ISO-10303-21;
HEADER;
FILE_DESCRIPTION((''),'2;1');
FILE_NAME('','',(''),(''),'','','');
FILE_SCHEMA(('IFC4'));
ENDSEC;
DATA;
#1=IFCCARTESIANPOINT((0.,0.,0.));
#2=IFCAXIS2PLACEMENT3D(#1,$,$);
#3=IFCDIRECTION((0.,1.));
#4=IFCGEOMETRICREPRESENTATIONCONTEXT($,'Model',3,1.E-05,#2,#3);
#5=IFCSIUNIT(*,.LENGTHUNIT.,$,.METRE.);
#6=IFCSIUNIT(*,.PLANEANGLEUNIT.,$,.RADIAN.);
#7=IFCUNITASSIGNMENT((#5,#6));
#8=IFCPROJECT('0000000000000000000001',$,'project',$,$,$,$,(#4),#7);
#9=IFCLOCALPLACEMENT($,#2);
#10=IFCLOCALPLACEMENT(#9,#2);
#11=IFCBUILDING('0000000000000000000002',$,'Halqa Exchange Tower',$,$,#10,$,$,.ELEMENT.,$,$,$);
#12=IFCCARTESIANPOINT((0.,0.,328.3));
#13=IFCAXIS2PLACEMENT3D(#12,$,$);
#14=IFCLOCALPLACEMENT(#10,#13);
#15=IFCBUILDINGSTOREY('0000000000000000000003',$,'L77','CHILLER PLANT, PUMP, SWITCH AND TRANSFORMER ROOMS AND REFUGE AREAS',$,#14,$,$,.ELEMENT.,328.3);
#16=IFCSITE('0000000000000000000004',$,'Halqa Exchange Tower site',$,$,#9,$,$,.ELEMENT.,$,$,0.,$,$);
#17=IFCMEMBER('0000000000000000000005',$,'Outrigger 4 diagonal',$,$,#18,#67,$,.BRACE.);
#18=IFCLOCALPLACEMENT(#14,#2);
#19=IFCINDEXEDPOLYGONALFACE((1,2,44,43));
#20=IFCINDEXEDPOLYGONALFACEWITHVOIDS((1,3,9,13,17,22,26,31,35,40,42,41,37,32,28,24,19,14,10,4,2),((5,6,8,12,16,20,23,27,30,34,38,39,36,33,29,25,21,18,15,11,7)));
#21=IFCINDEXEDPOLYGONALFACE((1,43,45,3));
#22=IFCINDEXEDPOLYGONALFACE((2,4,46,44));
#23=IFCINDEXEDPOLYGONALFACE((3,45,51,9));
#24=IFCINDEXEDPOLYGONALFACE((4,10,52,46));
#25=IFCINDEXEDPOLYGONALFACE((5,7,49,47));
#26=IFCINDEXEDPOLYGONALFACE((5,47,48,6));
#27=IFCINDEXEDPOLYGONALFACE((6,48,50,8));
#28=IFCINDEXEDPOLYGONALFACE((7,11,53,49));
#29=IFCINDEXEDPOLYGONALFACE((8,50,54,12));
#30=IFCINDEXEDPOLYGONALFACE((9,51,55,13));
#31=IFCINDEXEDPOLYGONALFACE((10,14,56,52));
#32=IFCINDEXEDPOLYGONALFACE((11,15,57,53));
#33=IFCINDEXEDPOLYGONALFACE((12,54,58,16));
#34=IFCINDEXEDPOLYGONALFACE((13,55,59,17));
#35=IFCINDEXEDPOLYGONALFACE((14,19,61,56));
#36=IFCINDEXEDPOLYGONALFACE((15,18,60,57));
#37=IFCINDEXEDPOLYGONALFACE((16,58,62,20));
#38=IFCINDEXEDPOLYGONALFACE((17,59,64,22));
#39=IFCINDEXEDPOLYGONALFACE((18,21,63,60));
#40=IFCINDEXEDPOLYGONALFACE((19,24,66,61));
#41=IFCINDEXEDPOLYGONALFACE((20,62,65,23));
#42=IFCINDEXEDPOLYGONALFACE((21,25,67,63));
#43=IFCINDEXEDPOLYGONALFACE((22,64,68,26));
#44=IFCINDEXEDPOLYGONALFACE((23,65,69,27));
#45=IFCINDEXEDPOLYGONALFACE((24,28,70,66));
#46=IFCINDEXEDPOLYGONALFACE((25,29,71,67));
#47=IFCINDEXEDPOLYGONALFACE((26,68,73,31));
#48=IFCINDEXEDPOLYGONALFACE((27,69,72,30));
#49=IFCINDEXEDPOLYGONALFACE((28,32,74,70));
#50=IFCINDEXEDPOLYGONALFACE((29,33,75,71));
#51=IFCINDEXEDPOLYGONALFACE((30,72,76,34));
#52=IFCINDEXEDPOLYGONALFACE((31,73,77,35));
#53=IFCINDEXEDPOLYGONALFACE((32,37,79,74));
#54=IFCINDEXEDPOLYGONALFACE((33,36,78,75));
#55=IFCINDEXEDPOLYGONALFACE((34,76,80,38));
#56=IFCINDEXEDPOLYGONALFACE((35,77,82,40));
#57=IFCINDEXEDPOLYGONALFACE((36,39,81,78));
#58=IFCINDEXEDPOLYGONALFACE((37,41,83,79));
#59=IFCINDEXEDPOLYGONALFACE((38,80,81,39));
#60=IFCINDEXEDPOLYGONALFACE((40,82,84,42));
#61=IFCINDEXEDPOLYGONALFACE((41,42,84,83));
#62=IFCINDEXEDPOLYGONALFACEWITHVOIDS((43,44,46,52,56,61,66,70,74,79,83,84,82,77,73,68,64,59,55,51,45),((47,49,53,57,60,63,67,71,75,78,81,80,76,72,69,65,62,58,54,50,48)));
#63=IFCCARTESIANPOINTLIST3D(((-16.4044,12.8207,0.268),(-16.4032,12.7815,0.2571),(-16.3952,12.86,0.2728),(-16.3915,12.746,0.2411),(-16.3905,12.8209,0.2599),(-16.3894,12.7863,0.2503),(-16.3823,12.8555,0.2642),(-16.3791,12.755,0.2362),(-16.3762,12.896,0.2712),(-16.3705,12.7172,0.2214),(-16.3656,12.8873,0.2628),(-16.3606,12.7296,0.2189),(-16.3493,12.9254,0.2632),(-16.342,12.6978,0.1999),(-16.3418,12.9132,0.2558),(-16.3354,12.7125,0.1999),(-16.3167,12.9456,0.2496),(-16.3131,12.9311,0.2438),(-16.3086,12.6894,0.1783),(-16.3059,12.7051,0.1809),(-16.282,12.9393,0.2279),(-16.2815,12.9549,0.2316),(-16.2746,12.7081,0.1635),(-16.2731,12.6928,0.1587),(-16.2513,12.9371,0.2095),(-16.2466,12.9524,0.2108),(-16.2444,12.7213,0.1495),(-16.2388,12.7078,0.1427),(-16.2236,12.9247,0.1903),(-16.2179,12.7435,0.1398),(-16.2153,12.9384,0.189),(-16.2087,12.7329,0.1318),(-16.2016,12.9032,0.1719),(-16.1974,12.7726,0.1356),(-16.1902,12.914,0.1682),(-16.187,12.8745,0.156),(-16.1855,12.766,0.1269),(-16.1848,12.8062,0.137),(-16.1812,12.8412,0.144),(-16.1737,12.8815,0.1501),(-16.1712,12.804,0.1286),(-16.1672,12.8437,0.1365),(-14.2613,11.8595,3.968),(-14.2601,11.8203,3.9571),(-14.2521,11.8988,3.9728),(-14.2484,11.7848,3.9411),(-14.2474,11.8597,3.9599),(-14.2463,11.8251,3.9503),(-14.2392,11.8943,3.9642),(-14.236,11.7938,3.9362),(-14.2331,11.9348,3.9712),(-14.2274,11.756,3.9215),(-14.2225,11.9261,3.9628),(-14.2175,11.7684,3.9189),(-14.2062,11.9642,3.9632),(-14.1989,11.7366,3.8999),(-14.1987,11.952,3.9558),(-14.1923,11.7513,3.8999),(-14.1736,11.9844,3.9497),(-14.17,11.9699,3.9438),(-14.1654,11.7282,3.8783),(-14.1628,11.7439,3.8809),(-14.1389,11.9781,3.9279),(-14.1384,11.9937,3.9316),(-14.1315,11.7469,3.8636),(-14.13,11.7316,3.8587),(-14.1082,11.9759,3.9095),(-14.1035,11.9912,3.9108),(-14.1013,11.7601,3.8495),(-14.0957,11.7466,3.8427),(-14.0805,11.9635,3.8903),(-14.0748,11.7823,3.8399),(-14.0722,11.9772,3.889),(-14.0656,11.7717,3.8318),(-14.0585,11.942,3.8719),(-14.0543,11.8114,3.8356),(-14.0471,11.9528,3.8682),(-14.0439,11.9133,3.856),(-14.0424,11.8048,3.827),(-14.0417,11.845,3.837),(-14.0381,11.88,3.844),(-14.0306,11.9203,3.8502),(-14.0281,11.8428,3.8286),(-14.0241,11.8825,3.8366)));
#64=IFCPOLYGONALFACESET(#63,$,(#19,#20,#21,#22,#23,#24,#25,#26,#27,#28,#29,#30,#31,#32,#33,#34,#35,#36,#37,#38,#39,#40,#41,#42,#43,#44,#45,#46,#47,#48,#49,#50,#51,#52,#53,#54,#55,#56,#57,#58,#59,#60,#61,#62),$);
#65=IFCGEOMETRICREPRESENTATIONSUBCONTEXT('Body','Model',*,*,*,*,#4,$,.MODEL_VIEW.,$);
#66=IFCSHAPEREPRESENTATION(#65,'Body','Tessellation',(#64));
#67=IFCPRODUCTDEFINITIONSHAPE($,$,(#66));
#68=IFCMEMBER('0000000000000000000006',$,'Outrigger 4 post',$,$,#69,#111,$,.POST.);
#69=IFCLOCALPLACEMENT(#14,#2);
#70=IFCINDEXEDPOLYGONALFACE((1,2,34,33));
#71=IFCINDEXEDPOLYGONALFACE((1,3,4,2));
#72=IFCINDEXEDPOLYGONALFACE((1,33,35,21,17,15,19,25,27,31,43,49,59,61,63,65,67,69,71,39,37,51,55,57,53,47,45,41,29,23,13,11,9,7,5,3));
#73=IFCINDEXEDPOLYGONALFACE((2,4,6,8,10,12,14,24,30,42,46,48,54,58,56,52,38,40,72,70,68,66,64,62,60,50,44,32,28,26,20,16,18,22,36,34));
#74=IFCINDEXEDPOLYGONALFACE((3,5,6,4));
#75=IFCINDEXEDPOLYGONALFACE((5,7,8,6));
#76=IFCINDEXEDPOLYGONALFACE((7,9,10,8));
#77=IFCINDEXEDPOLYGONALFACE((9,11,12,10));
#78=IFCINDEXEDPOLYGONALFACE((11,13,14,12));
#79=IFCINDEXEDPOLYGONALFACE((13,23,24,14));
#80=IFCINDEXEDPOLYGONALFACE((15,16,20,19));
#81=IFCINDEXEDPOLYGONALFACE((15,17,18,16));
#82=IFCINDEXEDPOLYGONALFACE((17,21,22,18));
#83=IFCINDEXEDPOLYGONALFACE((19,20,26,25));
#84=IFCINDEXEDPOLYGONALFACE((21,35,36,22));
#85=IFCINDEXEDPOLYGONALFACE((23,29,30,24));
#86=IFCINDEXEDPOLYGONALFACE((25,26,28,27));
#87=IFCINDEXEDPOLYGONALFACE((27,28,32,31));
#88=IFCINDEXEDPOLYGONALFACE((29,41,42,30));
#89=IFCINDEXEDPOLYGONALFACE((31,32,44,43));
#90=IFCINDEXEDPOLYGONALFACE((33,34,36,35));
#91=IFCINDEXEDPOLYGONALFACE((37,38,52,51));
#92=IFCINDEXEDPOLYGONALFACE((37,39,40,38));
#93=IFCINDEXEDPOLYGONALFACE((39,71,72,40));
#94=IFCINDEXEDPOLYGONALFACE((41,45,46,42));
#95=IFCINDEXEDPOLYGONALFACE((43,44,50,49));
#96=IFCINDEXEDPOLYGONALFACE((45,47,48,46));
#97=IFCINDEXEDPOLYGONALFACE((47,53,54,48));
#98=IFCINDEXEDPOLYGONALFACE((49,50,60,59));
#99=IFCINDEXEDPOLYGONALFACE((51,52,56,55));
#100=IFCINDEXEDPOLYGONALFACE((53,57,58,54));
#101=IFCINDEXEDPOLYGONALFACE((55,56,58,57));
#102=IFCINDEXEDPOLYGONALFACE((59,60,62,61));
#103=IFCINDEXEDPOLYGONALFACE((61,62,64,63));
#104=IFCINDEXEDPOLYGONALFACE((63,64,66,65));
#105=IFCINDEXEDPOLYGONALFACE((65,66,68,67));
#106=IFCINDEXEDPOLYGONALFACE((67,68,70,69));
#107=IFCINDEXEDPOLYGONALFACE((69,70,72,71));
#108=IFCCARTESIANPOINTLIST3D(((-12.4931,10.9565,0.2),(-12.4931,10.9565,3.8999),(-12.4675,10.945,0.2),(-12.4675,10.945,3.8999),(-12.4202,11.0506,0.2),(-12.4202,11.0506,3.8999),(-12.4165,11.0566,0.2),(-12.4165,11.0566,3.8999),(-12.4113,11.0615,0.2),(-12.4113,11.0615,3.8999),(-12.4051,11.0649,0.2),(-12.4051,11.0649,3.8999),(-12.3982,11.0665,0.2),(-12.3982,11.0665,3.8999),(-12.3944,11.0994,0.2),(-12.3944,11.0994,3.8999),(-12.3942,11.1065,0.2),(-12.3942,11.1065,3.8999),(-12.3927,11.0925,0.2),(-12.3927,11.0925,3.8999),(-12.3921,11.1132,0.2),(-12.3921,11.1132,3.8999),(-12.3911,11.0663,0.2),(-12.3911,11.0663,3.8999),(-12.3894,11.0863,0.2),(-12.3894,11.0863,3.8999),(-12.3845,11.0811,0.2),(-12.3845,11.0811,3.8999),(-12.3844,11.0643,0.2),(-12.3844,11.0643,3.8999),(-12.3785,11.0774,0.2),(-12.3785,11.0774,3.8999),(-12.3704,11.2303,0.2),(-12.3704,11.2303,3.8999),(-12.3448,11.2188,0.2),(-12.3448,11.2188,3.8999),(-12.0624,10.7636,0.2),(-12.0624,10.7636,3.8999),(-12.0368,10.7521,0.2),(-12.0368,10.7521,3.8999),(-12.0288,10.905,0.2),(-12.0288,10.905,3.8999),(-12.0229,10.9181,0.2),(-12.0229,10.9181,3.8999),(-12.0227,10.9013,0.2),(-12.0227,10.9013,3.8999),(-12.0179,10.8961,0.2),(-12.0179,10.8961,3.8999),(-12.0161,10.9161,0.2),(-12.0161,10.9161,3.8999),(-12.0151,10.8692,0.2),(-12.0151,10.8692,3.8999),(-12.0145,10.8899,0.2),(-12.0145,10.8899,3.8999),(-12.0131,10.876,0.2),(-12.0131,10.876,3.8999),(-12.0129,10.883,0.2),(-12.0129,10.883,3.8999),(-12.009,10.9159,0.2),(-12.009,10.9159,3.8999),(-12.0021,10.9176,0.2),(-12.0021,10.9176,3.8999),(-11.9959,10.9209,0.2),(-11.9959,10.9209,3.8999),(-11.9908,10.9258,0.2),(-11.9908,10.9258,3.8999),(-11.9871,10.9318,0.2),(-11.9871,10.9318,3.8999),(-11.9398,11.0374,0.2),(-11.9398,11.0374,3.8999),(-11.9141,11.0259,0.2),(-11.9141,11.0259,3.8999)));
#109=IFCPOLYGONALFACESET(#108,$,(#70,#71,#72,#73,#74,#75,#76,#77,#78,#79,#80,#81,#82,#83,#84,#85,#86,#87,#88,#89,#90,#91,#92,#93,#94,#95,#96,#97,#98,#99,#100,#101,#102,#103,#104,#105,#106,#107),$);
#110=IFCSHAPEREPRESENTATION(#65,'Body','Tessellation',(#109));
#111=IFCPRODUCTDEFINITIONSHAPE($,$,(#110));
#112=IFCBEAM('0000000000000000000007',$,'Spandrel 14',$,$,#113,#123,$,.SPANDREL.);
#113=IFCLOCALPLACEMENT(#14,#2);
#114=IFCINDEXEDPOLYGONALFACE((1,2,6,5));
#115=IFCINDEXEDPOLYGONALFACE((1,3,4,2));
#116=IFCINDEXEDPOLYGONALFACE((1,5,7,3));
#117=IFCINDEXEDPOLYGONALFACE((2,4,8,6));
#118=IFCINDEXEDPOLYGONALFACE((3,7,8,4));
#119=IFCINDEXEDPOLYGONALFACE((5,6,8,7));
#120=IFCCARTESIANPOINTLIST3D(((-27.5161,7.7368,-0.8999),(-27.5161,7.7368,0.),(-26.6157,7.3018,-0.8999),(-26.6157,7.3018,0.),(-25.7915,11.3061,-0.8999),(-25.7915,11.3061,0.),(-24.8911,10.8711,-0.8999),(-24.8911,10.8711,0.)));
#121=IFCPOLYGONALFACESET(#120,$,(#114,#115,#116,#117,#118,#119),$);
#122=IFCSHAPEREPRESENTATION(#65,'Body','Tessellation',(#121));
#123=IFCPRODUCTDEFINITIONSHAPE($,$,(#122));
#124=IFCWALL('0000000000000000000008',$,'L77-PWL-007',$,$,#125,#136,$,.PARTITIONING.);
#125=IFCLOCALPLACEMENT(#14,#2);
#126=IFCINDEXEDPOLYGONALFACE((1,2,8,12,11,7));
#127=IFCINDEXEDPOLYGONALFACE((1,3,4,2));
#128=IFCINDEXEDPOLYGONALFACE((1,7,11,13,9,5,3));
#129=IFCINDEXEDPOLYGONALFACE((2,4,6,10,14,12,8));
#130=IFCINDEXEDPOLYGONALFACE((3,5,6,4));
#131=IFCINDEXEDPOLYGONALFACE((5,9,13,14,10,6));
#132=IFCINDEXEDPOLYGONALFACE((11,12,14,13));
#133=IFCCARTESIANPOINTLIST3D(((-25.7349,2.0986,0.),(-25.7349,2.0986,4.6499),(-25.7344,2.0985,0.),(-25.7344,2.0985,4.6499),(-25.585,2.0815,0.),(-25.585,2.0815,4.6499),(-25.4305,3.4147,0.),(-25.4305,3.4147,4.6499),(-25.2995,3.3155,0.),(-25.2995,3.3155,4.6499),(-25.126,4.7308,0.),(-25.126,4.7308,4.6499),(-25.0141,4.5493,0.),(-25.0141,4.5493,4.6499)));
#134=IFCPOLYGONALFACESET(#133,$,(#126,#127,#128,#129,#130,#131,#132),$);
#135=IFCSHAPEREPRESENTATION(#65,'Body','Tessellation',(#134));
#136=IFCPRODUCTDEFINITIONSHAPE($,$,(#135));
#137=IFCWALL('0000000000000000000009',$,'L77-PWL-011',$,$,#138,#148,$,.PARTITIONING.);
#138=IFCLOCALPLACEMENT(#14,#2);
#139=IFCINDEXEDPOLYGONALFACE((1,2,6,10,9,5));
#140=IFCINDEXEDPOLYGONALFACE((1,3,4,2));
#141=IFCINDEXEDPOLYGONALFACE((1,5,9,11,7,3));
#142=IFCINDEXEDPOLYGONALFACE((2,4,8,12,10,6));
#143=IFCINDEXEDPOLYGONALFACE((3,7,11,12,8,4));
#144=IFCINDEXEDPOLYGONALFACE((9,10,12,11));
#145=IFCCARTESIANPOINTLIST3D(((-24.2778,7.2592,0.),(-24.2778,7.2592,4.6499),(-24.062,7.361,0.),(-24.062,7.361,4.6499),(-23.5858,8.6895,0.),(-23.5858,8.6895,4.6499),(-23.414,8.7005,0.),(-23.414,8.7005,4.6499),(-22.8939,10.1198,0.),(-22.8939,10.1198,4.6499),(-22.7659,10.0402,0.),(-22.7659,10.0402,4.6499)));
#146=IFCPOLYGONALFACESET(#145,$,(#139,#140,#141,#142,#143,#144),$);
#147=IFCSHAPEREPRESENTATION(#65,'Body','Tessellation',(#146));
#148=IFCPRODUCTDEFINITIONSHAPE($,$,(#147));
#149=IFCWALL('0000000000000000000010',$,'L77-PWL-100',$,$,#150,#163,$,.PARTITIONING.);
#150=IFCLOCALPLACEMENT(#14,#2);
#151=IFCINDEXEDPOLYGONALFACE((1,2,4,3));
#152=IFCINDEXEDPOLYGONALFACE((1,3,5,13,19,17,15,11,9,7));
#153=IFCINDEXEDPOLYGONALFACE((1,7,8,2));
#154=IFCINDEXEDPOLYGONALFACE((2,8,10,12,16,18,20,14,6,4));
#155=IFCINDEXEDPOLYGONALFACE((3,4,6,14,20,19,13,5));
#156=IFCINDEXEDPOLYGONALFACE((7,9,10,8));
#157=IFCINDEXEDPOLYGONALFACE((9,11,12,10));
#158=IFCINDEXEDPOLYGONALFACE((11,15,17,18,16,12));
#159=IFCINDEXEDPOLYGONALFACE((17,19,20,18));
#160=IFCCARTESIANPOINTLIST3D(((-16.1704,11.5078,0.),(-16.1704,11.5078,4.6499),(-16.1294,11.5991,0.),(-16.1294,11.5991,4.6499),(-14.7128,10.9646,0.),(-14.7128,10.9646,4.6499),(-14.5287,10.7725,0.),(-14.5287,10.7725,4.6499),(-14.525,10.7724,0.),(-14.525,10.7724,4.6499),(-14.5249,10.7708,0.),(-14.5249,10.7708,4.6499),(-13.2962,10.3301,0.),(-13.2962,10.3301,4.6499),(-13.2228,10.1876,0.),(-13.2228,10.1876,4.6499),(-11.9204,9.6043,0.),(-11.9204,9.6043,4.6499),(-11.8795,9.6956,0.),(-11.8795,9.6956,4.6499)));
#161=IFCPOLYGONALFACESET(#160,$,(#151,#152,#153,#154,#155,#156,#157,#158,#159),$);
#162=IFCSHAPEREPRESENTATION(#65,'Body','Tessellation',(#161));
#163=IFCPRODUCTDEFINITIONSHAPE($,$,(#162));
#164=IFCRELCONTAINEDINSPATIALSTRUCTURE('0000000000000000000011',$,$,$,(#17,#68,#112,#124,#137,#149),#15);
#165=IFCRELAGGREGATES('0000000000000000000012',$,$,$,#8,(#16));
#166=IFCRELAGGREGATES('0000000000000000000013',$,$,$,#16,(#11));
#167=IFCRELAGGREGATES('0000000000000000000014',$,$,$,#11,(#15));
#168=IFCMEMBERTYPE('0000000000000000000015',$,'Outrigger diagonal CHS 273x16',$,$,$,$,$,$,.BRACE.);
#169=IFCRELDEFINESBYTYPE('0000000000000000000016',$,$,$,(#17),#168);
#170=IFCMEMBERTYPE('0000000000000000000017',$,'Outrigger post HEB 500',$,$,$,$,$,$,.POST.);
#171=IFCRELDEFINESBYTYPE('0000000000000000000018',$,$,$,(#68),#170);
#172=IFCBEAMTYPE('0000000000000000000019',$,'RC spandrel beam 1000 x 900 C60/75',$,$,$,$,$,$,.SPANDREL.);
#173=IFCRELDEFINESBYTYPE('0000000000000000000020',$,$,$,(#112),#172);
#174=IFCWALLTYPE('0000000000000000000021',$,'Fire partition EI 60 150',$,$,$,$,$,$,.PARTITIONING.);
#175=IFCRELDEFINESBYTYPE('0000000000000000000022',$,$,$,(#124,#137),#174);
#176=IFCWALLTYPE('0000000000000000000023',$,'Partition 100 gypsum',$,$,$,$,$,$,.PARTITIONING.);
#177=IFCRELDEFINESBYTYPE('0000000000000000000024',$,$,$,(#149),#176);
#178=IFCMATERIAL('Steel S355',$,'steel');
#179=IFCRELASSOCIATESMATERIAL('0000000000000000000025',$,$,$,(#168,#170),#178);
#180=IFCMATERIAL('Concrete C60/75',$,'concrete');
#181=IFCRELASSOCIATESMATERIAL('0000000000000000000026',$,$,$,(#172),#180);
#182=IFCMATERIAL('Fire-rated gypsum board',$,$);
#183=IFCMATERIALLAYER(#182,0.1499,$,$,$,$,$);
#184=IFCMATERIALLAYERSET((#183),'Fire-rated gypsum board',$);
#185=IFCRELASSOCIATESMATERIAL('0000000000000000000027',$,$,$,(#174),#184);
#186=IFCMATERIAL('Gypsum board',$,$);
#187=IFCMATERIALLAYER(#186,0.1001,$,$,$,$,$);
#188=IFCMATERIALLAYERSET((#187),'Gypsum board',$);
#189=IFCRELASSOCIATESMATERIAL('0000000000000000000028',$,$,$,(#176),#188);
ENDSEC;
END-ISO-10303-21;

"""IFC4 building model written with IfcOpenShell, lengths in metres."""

from ifc_helpers import new_model, si_unit, direction, frame, origin, origin_2d, place, context, subcontext, project, spatial, polyline, rectangle, hollow_circle, i_section, outline, extrude, material, layer, layer_set, material_profile, profile_set, type_object, element, save


model = new_model("IFC4")

# Units and contexts
model_context = context("Model", 3, precision=1e-05, world=origin(), true_north=direction((0.0, 1.0)))
body_context = subcontext(model_context, "Body", "Model", "MODEL_VIEW")
ifc_project = project(units=[si_unit("LENGTHUNIT", "METRE"), si_unit("PLANEANGLEUNIT", "RADIAN")], contexts=[model_context])

# Site, building, storey
site_placement = place(None, origin())
site = spatial("IfcSite", under=ifc_project, at=site_placement, Name="Halqa Exchange Tower site", CompositionType="ELEMENT", RefElevation=0.0)
building_placement = place(site_placement, origin())
building = spatial("IfcBuilding", under=site, at=building_placement, Name="Halqa Exchange Tower", CompositionType="ELEMENT")
storey_placement = place(building_placement, frame((0.0, 0.0, 328.3)))
storey = spatial("IfcBuildingStorey", under=building, at=storey_placement, Name="L77", Description="CHILLER PLANT, PUMP, SWITCH AND TRANSFORMER ROOMS AND REFUGE AREAS", CompositionType="ELEMENT", Elevation=328.3)

# Members
ifc_material_1 = material(Name="Steel S355", Category="steel")
ifc_material_profile_1 = material_profile(ifc_material_1, hollow_circle(Radius=0.1365, WallThickness=0.0161, at=origin_2d()), Name="CHS 273x16")
ifc_profile_set_1 = profile_set([ifc_material_profile_1], Name="Steel S355")
member_type_1 = type_object("IfcMemberType", Name="Outrigger diagonal CHS 273x16", PredefinedType="BRACE", material=ifc_profile_set_1)
for number, where, z_axis, x_axis, name in (
    (1, (-14.1431, 11.8611, 3.8999), (-0.489006, 0.219323, -0.844257), (-0.409232, -0.91243, 0.0), "Outrigger 4 diagonal"),
):
    element("IfcMember", number, at=place(storey_placement, frame(where, z_axis=z_axis, x_axis=x_axis)), inside=storey, type_object=member_type_1, Name=name, PredefinedType="BRACE", context=body_context, shape_type="SweptSolid", body=[
        extrude(hollow_circle(Radius=0.1365, WallThickness=0.0161, at=origin_2d()), origin(), (0.0, 0.0, 1.0), 4.3826),
    ])
ifc_material_profile_2 = material_profile(ifc_material_1, i_section(OverallWidth=0.3, OverallDepth=0.5, WebThickness=0.0144, FlangeThickness=0.0281, FilletRadius=0.0271, at=origin_2d()), Name="HEB 500")
ifc_profile_set_2 = profile_set([ifc_material_profile_2], Name="Steel S355")
member_type_2 = type_object("IfcMemberType", Name="Outrigger post HEB 500", PredefinedType="POST", material=ifc_profile_set_2)
member_1_placement = place(storey_placement, frame((-12.2036, 10.9912, 0.2), z_axis=(0.0, 0.0, 1.0), x_axis=(-0.408777, -0.912635, 0.0)))
element("IfcMember", 2, at=member_1_placement, inside=storey, type_object=member_type_2, Name="Outrigger 4 post", PredefinedType="POST", context=body_context, shape_type="SweptSolid", body=[
    extrude(i_section(OverallWidth=0.3, OverallDepth=0.5, WebThickness=0.0144, FlangeThickness=0.0281, FilletRadius=0.0271, at=origin_2d()), origin(), (0.0, 0.0, 1.0), 3.7),
])

# Beam
ifc_material_2 = material(Name="Concrete C60/75", Category="concrete")
ifc_material_profile_3 = material_profile(ifc_material_2, rectangle(XDim=1.0, YDim=0.8999, at=origin_2d()), Name="1000 x 900")
ifc_profile_set_3 = profile_set([ifc_material_profile_3], Name="Concrete C60/75")
beam_type = type_object("IfcBeamType", Name="RC spandrel beam 1000 x 900 C60/75", PredefinedType="SPANDREL", material=ifc_profile_set_3)
beam_placement = place(storey_placement, frame((-25.3413, 11.0886, -0.45), z_axis=(-0.435052, -0.900405, 0.0), x_axis=(0.900405, -0.435052, 0.0)))
element("IfcBeam", 3, at=beam_placement, inside=storey, type_object=beam_type, Name="Spandrel 14", PredefinedType="SPANDREL", context=body_context, shape_type="SweptSolid", body=[
    extrude(rectangle(XDim=1.0, YDim=0.8999, at=origin_2d()), origin(), (0.0, 0.0, 1.0), 3.9641),
])

# Wall
ifc_material_3 = material(Name="Fire-rated gypsum board")
ifc_layer_1 = layer(ifc_material_3, 0.1499)
ifc_layer_set_1 = layer_set([ifc_layer_1], Name="Fire-rated gypsum board")
wall_type_1 = type_object("IfcWallType", Name="Fire partition EI 60 150", PredefinedType="PARTITIONING", material=ifc_layer_set_1)
wall_1_placement = place(storey_placement, frame((-25.053, 4.7139, 0.0), z_axis=(0.0, 0.0, 1.0), x_axis=(-0.225381, -0.974271, 0.0)))
element("IfcWall", 4, at=wall_1_placement, inside=storey, type_object=wall_type_1, Name="L77-PWL-007", PredefinedType="PARTITIONING", context=body_context, shape_type="SweptSolid", body=[
    extrude(outline(polyline([(2.7017, -0.075), (2.7017, -0.0745), (2.6846, 0.075), (1.418, 0.075), (0.1516, 0.075), (0.0, -0.075), (0.0, -0.075), (1.3508, -0.075), (2.7017, -0.075)])), origin(), (0.0, 0.0, 1.0), 4.6499),
])

# Wall
wall_2_placement = place(storey_placement, frame((-22.8264, 10.0872, 0.0), z_axis=(0.0, 0.0, 1.0), x_axis=(-0.435499, -0.900189, 0.0)))
element("IfcWall", 5, at=wall_2_placement, inside=storey, type_object=wall_type_1, Name="L77-PWL-011", PredefinedType="PARTITIONING", context=body_context, shape_type="SweptSolid", body=[
    extrude(outline(polyline([(0.0, -0.075), (1.5889, -0.075), (3.1777, -0.075), (2.9922, 0.075), (1.5042, 0.075), (0.0159, 0.075), (0.0, -0.075)])), origin(), (0.0, 0.0, 1.0), 4.6499),
])

# Wall
ifc_material_4 = material(Name="Gypsum board")
ifc_layer_2 = layer(ifc_material_4, 0.1001)
ifc_layer_set_2 = layer_set([ifc_layer_2], Name="Gypsum board")
wall_type_2 = type_object("IfcWallType", Name="Partition 100 gypsum", PredefinedType="PARTITIONING", material=ifc_layer_set_2)
wall_3_placement = place(storey_placement, frame((-16.1499, 11.5535, 0.0), z_axis=(0.0, 0.0, 1.0), x_axis=(0.912638, -0.408768, 0.0)))
element("IfcWall", 6, at=wall_3_placement, inside=storey, type_object=wall_type_2, Name="L77-PWL-100", PredefinedType="PARTITIONING", context=body_context, shape_type="SweptSolid", body=[
    extrude(outline(polyline([(0.0, -0.05), (1.7988, -0.05), (1.8022, -0.0486), (1.803, -0.05), (3.2297, -0.05), (4.6567, -0.05), (4.6567, 0.05), (3.1045, 0.05), (1.5522, 0.05), (0.0, 0.05), (0.0, -0.05)])), origin(), (0.0, 0.0, 1.0), 4.6499),
])

save(model, "model.ifc")
